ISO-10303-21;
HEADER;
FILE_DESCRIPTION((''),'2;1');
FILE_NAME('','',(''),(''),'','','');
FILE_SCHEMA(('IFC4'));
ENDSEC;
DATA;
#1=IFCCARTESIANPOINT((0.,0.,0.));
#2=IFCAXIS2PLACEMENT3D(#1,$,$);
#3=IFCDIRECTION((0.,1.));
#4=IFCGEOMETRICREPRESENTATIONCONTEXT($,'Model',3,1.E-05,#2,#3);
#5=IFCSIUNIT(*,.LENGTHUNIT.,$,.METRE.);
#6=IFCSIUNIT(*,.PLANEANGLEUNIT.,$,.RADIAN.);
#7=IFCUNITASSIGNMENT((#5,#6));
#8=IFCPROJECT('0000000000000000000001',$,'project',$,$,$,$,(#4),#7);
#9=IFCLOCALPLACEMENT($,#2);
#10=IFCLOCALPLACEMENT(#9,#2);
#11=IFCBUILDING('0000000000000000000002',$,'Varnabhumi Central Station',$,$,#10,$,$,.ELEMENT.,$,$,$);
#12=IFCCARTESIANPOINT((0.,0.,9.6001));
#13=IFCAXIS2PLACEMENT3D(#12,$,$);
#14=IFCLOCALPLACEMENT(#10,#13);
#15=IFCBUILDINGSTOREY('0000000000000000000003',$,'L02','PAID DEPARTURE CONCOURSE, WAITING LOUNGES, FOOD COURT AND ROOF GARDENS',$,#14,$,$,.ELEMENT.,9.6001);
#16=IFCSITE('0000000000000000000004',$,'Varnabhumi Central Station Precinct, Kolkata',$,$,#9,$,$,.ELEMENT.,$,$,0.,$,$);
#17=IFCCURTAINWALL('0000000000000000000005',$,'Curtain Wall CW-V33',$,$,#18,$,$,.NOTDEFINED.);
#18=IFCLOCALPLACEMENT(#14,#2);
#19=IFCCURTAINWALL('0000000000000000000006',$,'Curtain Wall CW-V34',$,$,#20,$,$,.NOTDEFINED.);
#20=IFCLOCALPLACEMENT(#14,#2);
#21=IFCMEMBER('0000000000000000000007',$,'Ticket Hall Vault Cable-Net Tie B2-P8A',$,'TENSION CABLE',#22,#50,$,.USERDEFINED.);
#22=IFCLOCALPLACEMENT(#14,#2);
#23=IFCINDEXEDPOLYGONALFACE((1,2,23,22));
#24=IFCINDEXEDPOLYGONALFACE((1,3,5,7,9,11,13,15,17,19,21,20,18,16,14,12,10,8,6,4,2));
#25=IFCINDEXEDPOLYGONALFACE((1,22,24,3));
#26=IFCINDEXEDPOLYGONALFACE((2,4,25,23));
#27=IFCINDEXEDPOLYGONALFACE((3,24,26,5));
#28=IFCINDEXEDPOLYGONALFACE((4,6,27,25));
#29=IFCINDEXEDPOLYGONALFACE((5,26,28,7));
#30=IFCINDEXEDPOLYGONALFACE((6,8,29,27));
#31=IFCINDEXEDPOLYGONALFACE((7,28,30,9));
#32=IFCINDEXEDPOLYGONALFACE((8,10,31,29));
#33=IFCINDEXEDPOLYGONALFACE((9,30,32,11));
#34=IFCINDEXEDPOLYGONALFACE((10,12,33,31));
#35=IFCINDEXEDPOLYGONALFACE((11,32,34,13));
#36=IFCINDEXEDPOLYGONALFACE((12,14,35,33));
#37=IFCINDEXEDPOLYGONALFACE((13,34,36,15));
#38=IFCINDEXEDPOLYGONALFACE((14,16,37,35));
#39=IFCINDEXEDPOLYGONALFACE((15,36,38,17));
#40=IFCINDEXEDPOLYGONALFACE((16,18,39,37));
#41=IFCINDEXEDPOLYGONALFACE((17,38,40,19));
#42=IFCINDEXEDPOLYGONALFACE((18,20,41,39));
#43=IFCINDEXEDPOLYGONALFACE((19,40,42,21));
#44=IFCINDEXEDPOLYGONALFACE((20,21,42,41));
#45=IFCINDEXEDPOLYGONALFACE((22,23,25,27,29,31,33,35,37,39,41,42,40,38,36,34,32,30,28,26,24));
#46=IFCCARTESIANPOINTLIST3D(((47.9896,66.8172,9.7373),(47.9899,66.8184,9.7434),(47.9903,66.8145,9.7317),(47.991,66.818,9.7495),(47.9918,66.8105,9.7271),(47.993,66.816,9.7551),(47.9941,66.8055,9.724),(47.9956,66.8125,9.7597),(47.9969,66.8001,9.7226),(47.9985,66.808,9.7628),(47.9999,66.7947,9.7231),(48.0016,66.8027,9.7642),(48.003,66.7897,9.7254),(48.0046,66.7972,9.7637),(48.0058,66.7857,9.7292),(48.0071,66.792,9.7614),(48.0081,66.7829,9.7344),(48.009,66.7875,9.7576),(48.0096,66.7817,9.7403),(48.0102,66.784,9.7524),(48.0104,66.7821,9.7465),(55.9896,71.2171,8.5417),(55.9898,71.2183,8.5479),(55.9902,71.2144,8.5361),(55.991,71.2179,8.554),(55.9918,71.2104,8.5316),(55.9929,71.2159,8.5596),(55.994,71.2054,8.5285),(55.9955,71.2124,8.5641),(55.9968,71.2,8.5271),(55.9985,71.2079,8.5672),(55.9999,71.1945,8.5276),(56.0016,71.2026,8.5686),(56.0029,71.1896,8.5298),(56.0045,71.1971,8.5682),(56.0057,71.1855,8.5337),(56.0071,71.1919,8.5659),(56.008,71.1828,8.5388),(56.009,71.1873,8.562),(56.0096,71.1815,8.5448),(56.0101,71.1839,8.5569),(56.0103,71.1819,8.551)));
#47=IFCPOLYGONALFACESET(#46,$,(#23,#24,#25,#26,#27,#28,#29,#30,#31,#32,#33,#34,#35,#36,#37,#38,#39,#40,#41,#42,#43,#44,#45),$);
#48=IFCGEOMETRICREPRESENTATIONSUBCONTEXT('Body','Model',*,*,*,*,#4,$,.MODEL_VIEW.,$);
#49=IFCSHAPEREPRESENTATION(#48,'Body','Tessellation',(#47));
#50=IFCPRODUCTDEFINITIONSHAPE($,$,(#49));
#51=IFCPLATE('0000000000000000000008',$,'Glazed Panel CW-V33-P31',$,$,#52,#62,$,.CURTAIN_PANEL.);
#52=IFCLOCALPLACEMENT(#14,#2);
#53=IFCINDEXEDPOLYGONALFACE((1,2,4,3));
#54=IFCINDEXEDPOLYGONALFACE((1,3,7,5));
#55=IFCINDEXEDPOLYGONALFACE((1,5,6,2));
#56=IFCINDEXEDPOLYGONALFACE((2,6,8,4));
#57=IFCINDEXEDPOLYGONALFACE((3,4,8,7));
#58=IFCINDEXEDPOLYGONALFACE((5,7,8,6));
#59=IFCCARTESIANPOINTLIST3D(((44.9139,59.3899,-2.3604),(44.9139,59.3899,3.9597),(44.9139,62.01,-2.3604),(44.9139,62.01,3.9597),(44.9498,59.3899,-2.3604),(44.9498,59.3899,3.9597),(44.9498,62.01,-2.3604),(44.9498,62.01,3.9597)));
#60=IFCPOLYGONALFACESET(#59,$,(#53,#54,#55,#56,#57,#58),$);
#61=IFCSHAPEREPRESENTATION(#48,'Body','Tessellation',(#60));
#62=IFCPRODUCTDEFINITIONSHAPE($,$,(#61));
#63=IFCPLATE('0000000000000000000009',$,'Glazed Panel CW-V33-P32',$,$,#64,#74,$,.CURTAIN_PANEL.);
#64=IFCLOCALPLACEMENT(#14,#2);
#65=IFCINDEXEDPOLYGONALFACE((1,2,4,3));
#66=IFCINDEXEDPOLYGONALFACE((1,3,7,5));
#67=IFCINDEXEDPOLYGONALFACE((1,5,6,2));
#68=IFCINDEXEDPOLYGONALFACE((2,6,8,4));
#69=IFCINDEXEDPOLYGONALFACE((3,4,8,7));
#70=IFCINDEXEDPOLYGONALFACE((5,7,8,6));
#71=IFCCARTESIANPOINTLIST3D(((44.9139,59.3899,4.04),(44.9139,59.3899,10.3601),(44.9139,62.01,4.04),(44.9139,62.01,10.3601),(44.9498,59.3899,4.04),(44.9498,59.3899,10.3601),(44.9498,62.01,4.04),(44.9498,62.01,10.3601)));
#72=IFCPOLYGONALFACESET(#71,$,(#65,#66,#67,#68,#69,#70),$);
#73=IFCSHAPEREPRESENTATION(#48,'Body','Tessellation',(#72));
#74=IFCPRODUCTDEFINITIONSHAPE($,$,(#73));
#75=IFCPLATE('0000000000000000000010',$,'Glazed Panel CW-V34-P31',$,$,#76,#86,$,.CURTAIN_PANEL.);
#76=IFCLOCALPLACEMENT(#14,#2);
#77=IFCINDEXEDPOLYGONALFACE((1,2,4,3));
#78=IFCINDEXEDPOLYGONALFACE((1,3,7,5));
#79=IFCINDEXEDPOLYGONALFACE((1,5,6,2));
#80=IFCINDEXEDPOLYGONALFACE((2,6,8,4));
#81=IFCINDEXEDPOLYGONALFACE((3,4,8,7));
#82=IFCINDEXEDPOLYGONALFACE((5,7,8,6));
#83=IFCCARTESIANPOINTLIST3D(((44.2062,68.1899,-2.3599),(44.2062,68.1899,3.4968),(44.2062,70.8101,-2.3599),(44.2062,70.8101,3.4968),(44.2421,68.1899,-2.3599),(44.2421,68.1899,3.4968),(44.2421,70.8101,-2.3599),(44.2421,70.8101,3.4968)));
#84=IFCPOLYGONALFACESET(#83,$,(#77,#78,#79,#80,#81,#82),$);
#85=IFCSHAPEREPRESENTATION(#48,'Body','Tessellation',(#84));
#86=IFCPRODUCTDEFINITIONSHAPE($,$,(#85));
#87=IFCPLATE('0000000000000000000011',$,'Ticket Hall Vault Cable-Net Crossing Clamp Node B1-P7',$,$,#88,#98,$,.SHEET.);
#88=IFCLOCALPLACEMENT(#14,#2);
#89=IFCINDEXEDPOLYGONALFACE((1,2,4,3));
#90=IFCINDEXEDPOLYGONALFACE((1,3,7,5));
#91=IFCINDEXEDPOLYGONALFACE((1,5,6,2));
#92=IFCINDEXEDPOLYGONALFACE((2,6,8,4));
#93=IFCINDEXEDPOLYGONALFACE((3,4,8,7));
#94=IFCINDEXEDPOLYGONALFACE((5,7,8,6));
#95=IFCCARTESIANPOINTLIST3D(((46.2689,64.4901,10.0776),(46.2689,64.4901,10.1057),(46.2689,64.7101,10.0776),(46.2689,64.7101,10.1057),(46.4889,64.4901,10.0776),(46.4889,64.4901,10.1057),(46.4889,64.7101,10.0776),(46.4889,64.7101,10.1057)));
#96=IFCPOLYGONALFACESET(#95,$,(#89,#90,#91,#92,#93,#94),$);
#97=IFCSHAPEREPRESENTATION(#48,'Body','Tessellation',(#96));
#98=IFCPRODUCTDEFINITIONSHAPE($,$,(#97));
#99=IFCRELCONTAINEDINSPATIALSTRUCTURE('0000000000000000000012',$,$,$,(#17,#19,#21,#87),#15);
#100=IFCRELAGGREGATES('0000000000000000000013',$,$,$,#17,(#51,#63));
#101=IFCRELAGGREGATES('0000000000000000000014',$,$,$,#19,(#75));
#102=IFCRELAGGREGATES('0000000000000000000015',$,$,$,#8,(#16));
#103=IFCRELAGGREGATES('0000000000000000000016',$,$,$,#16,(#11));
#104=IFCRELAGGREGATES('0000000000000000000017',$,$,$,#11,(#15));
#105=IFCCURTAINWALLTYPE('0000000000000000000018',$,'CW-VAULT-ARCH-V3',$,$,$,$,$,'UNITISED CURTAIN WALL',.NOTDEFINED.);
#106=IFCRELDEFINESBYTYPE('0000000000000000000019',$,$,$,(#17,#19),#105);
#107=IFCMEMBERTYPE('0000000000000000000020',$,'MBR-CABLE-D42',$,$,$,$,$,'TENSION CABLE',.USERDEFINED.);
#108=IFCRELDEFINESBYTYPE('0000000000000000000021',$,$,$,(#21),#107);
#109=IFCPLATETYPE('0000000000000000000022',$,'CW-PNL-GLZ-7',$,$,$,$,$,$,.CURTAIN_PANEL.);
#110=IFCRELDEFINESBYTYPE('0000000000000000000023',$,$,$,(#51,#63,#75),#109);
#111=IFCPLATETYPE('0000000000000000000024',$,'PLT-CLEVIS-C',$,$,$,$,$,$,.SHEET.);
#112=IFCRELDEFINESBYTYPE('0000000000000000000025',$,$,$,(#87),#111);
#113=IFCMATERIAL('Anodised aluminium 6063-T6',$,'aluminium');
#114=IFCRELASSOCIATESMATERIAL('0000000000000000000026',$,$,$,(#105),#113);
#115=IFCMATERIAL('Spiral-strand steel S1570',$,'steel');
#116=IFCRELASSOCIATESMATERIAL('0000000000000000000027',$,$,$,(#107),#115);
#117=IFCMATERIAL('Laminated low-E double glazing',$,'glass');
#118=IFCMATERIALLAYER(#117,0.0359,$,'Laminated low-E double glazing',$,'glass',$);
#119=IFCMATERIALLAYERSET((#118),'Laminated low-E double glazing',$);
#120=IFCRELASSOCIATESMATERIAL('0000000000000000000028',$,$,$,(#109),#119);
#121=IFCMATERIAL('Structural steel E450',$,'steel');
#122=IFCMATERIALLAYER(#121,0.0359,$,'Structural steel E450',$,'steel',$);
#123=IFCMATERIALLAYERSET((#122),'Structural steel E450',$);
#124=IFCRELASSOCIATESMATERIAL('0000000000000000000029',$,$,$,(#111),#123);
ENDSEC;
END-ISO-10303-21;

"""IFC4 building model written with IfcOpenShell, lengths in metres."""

from ifc_helpers import new_model, si_unit, direction, frame, origin, origin_2d, place, context, subcontext, project, spatial, rectangle, circle, extrude, material, layer, layer_set, material_profile, profile_set, type_object, element, aggregate, save


model = new_model("IFC4")

# Units and contexts
model_context = context("Model", 3, precision=1e-05, world=origin(), true_north=direction((0.0, 1.0)))
body_context = subcontext(model_context, "Body", "Model", "MODEL_VIEW")
ifc_project = project(units=[si_unit("LENGTHUNIT", "METRE"), si_unit("PLANEANGLEUNIT", "RADIAN")], contexts=[model_context])

# Site, building, storey
site_placement = place(None, origin())
site = spatial("IfcSite", under=ifc_project, at=site_placement, Name="Varnabhumi Central Station Precinct, Kolkata", CompositionType="ELEMENT", RefElevation=0.0)
building_placement = place(site_placement, origin())
building = spatial("IfcBuilding", under=site, at=building_placement, Name="Varnabhumi Central Station", CompositionType="ELEMENT")
storey_placement = place(building_placement, frame((0.0, 0.0, 9.6001)))
storey = spatial("IfcBuildingStorey", under=building, at=storey_placement, Name="L02", Description="PAID DEPARTURE CONCOURSE, WAITING LOUNGES, FOOD COURT AND ROOF GARDENS", CompositionType="ELEMENT", Elevation=9.6001)

# Shared definitions
ifc_material_1 = material(Name="Structural steel E450", Category="steel")

# Curtain wall
ifc_material_2 = material(Name="Anodised aluminium 6063-T6", Category="aluminium")
curtain_wall_type = type_object("IfcCurtainWallType", Name="CW-VAULT-ARCH-V3", ElementType="UNITISED CURTAIN WALL", PredefinedType="NOTDEFINED", material=ifc_material_2)
curtain_wall_1_placement = place(storey_placement, origin())
curtain_wall_1 = element("IfcCurtainWall", 1, at=curtain_wall_1_placement, inside=storey, type_object=curtain_wall_type, Name="Curtain Wall CW-V33", PredefinedType="NOTDEFINED")

# Curtain wall
curtain_wall_2_placement = place(storey_placement, origin())
curtain_wall_2 = element("IfcCurtainWall", 2, at=curtain_wall_2_placement, inside=storey, type_object=curtain_wall_type, Name="Curtain Wall CW-V34", PredefinedType="NOTDEFINED")

# Member
ifc_material_3 = material(Name="Spiral-strand steel S1570", Category="steel")
ifc_material_profile_1 = material_profile(ifc_material_3, circle(Radius=0.021, at=origin_2d()), Name="Spiral-strand steel S1570", Category="steel")
ifc_profile_set_1 = profile_set([ifc_material_profile_1], Name="Spiral-strand steel S1570")
member_type_1 = type_object("IfcMemberType", Name="MBR-CABLE-D42", ElementType="TENSION CABLE", PredefinedType="USERDEFINED", material=ifc_profile_set_1)
member_1_placement = place(storey_placement, frame((48.0, 66.8, 9.7434), z_axis=(0.868803, 0.477831, -0.129838), x_axis=(-0.481911, 0.87622, 0.0)))
element("IfcMember", 3, at=member_1_placement, inside=storey, type_object=member_type_1, Name="Ticket Hall Vault Cable-Net Tie B2-P8A", ObjectType="TENSION CABLE", PredefinedType="USERDEFINED", context=body_context, shape_type="SweptSolid", body=[
    extrude(circle(Radius=0.021, at=origin_2d()), origin(), (0.0, 0.0, 1.0), 9.208),
])

# Plates
ifc_material_4 = material(Name="Laminated low-E double glazing", Category="glass")
ifc_layer_1 = layer(ifc_material_4, 0.0359, Name="Laminated low-E double glazing", Category="glass")
ifc_layer_set_1 = layer_set([ifc_layer_1], Name="Laminated low-E double glazing")
plate_type_1 = type_object("IfcPlateType", Name="CW-PNL-GLZ-7", PredefinedType="CURTAIN_PANEL", material=ifc_layer_set_1)
plate_1_placement = place(storey_placement, frame((44.9319, 60.7, -2.3604), z_axis=(0.0, 0.0, 1.0), x_axis=(0.0, 1.0, 0.0)))
plate_1 = element("IfcPlate", 4, at=plate_1_placement, type_object=plate_type_1, Name="Glazed Panel CW-V33-P31", PredefinedType="CURTAIN_PANEL", context=body_context, shape_type="SweptSolid", body=[
    extrude(rectangle(XDim=2.6201, YDim=0.0359, at=origin_2d()), origin(), (0.0, 0.0, 1.0), 6.3201),
])
plate_2_placement = place(storey_placement, frame((44.9319, 60.7, 4.04), z_axis=(0.0, 0.0, 1.0), x_axis=(0.0, 1.0, 0.0)))
plate_2 = element("IfcPlate", 5, at=plate_2_placement, type_object=plate_type_1, Name="Glazed Panel CW-V33-P32", PredefinedType="CURTAIN_PANEL", context=body_context, shape_type="SweptSolid", body=[
    extrude(rectangle(XDim=2.6201, YDim=0.0359, at=origin_2d()), origin(), (0.0, 0.0, 1.0), 6.3201),
])
aggregate(curtain_wall_1, [plate_1, plate_2])
plate_3_placement = place(storey_placement, frame((44.2241, 69.5, -2.3599), z_axis=(0.0, 0.0, 1.0), x_axis=(0.0, 1.0, 0.0)))
plate_3 = element("IfcPlate", 6, at=plate_3_placement, type_object=plate_type_1, Name="Glazed Panel CW-V34-P31", PredefinedType="CURTAIN_PANEL", context=body_context, shape_type="SweptSolid", body=[
    extrude(rectangle(XDim=2.6201, YDim=0.0359, at=origin_2d()), origin(), (0.0, 0.0, 1.0), 5.8567),
])
aggregate(curtain_wall_2, [plate_3])
ifc_layer_2 = layer(ifc_material_1, 0.0359, Name="Structural steel E450", Category="steel")
ifc_layer_set_2 = layer_set([ifc_layer_2], Name="Structural steel E450")
plate_type_2 = type_object("IfcPlateType", Name="PLT-CLEVIS-C", PredefinedType="SHEET", material=ifc_layer_set_2)
plate_4_placement = place(storey_placement, frame((46.3789, 64.6001, 10.0776), z_axis=(0.0, 0.0, 1.0), x_axis=(1.0, 0.0, 0.0)))
element("IfcPlate", 7, at=plate_4_placement, inside=storey, type_object=plate_type_2, Name="Ticket Hall Vault Cable-Net Crossing Clamp Node B1-P7", PredefinedType="SHEET", context=body_context, shape_type="SweptSolid", body=[
    extrude(rectangle(XDim=0.22, YDim=0.22, at=origin_2d()), origin(), (0.0, 0.0, 1.0), 0.0281),
])

save(model, "model.ifc")
